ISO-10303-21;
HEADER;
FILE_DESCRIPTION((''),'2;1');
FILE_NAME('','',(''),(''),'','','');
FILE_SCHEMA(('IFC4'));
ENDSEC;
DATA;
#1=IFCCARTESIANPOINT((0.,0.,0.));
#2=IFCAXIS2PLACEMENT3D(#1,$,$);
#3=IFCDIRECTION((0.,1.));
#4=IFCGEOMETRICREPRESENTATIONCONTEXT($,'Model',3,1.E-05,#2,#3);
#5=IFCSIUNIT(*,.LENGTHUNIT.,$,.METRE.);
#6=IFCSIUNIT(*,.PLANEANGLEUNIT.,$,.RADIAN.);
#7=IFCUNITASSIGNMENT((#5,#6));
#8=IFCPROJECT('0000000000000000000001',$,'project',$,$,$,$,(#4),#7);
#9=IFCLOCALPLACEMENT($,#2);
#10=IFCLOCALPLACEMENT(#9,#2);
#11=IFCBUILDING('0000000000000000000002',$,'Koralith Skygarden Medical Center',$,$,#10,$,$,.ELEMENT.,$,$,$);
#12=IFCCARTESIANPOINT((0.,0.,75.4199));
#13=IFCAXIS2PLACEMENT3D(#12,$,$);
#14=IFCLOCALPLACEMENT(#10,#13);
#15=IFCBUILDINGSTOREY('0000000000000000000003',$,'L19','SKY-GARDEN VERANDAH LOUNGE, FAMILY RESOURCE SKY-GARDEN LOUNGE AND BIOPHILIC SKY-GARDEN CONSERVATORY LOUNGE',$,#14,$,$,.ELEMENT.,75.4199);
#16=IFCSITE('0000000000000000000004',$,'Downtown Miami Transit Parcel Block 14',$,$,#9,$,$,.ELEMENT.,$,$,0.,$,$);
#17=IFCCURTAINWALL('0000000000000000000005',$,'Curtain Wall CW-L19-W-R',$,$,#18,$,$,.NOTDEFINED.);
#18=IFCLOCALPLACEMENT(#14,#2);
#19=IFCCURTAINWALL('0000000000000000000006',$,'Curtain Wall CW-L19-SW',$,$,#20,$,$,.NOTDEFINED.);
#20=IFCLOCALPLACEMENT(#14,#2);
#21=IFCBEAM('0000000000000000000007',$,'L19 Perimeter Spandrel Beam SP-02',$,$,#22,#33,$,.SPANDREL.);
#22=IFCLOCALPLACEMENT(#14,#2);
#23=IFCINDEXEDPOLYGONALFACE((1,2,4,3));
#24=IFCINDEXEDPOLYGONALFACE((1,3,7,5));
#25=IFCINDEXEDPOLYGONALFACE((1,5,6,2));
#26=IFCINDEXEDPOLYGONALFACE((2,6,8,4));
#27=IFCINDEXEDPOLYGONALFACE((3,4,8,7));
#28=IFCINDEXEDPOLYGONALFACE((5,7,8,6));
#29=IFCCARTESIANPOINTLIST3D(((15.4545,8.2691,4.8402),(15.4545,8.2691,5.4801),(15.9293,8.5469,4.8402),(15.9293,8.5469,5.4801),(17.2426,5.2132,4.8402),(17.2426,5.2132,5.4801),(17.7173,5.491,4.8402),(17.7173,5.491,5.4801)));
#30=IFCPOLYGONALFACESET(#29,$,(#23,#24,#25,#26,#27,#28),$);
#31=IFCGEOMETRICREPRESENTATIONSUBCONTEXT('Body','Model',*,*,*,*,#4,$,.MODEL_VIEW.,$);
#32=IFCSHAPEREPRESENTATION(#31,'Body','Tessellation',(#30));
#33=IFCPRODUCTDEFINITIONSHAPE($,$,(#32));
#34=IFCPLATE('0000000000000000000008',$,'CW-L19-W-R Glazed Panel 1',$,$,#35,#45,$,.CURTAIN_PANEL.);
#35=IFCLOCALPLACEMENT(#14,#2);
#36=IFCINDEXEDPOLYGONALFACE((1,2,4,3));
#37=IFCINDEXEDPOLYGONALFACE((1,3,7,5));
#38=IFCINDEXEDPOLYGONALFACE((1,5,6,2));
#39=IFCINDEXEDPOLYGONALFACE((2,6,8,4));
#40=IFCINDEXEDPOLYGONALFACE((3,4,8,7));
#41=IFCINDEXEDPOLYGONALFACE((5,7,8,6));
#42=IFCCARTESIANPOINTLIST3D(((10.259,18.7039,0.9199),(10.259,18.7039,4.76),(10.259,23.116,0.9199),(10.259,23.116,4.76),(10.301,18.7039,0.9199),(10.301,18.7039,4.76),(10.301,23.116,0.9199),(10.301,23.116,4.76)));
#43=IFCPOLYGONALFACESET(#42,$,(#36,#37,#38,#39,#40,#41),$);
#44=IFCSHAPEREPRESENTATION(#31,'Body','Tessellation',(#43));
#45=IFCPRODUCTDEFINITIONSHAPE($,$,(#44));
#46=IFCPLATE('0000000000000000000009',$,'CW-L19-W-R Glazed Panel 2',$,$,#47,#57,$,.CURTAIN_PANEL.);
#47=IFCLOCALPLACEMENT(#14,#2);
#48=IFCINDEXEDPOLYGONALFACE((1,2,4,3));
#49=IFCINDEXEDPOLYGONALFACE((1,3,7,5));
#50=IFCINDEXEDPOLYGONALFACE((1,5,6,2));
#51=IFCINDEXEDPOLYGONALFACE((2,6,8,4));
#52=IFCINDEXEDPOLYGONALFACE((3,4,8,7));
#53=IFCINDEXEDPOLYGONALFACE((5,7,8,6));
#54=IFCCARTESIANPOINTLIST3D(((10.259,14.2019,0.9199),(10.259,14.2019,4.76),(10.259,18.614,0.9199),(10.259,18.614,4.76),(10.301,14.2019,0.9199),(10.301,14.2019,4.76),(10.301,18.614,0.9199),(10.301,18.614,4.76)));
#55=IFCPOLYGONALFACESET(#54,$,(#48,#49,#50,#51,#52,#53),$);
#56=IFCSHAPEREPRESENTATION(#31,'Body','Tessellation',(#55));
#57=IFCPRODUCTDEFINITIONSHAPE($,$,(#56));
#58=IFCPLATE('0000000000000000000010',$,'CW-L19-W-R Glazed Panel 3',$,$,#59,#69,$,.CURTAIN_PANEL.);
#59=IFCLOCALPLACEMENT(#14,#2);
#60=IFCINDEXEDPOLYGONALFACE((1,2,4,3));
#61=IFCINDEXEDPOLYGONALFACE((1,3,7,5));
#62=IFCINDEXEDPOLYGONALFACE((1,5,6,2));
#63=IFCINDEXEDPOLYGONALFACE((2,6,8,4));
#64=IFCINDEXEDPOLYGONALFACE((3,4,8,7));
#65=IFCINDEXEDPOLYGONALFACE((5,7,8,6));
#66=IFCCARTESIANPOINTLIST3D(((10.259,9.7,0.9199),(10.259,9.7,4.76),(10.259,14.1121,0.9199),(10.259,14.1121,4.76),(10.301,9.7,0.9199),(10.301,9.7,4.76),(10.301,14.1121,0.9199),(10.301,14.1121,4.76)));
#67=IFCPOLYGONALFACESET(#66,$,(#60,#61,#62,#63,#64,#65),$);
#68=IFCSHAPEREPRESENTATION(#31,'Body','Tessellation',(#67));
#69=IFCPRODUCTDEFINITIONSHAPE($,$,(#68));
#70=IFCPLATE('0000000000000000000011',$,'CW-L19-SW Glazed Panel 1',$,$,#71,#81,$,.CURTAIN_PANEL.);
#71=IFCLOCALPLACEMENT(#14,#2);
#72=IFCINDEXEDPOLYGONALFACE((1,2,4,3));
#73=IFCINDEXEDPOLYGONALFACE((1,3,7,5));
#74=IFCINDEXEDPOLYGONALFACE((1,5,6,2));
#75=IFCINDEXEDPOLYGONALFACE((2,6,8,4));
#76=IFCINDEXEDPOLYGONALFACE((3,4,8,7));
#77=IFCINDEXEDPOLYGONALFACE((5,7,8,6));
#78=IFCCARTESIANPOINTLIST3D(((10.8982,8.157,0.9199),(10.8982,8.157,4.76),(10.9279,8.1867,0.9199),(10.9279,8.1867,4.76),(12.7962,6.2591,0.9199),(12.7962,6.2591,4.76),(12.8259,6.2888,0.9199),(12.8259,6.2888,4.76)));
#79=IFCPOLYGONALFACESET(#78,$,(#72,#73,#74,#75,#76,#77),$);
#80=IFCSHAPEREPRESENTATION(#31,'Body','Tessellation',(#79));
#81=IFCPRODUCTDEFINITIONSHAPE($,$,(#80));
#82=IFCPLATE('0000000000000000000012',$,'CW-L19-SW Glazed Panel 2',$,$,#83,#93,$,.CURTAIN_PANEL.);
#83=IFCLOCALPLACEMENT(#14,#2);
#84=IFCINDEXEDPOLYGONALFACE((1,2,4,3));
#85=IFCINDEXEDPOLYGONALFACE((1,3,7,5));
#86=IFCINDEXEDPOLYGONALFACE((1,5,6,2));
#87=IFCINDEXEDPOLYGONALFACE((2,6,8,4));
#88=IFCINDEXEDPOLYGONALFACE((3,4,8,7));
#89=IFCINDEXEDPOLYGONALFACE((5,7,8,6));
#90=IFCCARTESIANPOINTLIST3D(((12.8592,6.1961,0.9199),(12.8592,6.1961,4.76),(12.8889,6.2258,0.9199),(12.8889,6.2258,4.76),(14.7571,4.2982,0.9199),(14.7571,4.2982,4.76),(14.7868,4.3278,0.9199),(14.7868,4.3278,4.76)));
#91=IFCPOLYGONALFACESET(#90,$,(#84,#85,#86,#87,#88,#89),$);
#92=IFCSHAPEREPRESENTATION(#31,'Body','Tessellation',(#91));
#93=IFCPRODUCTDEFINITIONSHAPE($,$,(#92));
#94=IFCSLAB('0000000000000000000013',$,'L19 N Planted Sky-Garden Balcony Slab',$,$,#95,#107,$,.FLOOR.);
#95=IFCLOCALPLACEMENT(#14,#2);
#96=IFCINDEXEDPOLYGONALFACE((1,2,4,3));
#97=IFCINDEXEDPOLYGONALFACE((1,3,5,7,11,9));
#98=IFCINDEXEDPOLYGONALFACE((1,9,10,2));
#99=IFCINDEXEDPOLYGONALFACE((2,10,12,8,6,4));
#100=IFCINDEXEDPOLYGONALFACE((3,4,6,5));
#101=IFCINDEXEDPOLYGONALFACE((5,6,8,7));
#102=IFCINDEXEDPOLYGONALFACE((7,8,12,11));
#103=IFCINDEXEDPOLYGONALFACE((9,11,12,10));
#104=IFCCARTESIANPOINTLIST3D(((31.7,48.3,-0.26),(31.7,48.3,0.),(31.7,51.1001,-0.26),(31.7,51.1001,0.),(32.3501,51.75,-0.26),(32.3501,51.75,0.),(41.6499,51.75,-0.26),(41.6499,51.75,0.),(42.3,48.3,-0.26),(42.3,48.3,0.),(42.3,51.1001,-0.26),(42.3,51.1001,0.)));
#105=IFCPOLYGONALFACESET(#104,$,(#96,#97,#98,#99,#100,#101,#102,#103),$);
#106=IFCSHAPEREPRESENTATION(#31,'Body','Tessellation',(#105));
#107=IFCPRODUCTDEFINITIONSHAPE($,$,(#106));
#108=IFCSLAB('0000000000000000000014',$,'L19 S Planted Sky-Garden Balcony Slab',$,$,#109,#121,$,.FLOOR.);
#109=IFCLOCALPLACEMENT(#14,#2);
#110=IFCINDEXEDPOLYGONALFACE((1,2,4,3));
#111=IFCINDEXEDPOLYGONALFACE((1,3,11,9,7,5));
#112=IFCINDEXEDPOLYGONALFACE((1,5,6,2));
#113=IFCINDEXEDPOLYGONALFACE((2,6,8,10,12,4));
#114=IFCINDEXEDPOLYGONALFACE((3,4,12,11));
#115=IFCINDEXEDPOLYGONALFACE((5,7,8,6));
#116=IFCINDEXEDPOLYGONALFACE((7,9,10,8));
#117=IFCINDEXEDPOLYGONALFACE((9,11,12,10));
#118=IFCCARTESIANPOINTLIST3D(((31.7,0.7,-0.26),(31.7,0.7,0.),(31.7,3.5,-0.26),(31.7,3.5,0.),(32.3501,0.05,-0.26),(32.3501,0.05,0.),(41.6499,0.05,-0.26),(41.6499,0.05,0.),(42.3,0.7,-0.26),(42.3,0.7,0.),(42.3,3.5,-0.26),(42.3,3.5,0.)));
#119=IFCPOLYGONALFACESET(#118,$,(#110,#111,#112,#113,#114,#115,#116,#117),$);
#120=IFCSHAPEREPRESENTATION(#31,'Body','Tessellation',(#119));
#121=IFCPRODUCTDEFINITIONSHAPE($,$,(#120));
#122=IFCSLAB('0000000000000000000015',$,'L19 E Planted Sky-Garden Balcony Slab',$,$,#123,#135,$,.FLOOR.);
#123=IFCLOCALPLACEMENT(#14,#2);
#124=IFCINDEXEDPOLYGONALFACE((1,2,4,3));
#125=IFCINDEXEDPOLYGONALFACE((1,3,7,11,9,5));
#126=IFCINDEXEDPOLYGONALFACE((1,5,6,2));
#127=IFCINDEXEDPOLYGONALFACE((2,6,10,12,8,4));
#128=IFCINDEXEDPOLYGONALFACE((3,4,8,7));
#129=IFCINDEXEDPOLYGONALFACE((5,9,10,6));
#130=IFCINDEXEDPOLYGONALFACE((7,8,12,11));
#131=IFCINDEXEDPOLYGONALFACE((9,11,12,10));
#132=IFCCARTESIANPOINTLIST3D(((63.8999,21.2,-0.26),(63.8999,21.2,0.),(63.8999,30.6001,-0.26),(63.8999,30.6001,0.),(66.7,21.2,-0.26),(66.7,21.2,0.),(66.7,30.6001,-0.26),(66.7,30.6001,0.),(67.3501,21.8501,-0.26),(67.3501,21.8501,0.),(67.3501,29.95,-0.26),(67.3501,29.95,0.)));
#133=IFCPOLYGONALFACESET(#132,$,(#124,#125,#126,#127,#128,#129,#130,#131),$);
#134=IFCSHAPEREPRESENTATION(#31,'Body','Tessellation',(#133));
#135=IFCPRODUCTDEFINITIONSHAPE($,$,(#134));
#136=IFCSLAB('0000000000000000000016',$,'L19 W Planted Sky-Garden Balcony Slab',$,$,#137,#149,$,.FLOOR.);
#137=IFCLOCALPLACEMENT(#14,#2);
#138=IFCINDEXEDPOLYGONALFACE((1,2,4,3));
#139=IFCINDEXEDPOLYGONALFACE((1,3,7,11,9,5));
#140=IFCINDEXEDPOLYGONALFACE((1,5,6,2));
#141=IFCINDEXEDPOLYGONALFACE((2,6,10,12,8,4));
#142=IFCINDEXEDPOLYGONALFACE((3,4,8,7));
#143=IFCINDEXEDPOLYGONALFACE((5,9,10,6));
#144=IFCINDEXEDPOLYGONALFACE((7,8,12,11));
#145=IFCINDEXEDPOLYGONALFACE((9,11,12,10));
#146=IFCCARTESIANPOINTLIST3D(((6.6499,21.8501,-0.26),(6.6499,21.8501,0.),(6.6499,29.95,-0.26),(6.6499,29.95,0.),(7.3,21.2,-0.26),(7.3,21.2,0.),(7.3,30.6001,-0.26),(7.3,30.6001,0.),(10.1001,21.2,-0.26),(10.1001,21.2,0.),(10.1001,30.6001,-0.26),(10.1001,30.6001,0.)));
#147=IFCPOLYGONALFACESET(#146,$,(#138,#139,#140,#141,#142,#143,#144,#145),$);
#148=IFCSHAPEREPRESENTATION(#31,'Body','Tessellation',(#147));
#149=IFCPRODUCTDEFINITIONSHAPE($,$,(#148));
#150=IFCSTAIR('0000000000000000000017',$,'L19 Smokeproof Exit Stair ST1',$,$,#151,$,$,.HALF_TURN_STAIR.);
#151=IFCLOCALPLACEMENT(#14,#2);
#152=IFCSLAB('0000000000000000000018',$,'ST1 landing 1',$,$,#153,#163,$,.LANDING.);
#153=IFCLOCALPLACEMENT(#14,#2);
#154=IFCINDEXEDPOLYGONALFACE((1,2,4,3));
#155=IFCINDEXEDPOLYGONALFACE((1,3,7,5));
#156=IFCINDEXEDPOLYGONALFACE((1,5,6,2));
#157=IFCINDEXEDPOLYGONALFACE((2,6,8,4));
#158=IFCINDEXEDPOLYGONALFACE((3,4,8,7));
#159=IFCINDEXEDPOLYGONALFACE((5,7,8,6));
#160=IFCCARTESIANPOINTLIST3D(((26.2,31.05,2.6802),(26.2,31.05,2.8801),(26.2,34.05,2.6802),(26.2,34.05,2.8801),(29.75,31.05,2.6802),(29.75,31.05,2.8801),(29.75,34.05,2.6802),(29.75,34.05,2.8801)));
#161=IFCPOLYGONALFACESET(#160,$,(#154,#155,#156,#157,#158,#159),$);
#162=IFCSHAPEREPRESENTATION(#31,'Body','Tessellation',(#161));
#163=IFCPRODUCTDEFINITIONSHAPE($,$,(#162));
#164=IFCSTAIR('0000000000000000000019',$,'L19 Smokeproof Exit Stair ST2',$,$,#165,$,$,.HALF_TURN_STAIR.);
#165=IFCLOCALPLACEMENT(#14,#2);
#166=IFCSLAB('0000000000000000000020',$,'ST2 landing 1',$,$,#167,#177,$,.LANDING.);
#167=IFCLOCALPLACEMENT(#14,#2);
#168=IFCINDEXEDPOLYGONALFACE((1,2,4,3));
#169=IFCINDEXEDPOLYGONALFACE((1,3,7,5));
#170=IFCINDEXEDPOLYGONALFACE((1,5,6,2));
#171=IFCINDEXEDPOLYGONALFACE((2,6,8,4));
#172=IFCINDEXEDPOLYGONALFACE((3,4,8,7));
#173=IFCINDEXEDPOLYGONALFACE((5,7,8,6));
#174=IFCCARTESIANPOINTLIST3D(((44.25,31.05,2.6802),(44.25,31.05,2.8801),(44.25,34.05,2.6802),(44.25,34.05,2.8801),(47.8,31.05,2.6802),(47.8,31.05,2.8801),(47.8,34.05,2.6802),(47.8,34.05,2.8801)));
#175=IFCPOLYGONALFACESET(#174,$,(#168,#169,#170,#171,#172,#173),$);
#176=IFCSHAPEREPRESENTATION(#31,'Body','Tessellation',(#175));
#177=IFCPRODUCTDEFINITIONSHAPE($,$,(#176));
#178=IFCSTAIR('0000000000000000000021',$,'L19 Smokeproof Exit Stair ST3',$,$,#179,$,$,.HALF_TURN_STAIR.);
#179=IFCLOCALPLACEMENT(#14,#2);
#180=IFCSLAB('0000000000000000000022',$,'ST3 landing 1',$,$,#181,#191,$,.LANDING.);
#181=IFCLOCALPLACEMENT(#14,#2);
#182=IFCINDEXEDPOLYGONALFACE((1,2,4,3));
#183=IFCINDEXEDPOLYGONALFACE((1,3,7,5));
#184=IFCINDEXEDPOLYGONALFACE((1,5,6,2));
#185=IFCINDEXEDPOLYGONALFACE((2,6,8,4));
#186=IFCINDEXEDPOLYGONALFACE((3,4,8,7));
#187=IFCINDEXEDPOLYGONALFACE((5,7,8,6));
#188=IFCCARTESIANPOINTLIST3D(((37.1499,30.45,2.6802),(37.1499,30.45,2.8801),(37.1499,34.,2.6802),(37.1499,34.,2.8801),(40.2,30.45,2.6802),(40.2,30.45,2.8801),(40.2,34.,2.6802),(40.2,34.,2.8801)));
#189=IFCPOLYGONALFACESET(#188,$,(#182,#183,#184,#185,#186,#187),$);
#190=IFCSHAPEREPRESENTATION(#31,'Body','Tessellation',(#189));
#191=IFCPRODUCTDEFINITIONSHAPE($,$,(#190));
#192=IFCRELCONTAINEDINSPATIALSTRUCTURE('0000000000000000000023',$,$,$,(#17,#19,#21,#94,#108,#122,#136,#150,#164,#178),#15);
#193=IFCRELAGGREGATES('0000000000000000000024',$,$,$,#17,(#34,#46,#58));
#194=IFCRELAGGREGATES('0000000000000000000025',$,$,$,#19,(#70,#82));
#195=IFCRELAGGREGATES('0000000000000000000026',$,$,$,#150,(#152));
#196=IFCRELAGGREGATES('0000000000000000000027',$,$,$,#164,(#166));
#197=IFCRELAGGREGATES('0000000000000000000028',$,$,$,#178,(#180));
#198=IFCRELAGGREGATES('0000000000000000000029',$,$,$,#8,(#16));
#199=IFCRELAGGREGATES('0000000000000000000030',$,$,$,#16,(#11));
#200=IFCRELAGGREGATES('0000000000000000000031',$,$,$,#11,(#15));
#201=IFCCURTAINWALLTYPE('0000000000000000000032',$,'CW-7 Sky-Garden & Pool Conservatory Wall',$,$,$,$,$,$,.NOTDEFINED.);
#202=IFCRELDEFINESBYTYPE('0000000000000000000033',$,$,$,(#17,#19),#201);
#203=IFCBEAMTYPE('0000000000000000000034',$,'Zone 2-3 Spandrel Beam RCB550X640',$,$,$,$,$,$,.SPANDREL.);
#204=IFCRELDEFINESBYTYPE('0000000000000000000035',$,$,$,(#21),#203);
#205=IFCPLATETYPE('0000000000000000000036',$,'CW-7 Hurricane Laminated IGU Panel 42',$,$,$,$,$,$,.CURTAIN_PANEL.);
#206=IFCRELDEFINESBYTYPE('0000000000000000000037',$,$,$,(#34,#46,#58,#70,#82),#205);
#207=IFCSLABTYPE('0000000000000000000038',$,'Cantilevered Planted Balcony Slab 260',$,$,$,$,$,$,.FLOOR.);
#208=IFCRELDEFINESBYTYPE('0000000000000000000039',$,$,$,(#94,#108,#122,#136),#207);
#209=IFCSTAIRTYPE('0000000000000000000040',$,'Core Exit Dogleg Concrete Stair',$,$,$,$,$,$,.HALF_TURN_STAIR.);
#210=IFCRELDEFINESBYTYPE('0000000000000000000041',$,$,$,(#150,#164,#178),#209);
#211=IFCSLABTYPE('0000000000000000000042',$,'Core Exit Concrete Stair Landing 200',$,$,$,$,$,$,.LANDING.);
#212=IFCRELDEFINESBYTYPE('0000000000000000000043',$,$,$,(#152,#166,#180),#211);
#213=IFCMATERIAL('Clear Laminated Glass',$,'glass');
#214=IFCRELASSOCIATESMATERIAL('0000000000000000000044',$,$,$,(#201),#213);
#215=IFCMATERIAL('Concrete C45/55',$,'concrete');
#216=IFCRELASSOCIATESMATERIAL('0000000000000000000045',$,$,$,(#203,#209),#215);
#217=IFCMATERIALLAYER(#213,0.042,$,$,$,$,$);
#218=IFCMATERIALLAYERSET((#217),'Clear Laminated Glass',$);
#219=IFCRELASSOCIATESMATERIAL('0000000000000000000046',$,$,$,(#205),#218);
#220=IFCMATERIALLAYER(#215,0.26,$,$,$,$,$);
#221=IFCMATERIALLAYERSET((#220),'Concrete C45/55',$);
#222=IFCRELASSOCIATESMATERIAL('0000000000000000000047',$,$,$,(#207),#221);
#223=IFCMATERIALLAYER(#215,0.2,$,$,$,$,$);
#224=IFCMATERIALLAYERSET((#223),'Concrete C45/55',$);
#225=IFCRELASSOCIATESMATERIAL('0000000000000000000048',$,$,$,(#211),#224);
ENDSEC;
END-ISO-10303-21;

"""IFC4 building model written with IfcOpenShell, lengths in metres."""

from ifc_helpers import new_model, si_unit, direction, frame, origin, origin_2d, place, context, subcontext, project, spatial, polyline, rectangle, outline, extrude, material, layer, layer_set, material_profile, profile_set, type_object, element, aggregate, save


model = new_model("IFC4")

# Units and contexts
model_context = context("Model", 3, precision=1e-05, world=origin(), true_north=direction((0.0, 1.0)))
body_context = subcontext(model_context, "Body", "Model", "MODEL_VIEW")
ifc_project = project(units=[si_unit("LENGTHUNIT", "METRE"), si_unit("PLANEANGLEUNIT", "RADIAN")], contexts=[model_context])

# Site, building, storey
site_placement = place(None, origin())
site = spatial("IfcSite", under=ifc_project, at=site_placement, Name="Downtown Miami Transit Parcel Block 14", CompositionType="ELEMENT", RefElevation=0.0)
building_placement = place(site_placement, origin())
building = spatial("IfcBuilding", under=site, at=building_placement, Name="Koralith Skygarden Medical Center", CompositionType="ELEMENT")
storey_placement = place(building_placement, frame((0.0, 0.0, 75.4199)))
storey = spatial("IfcBuildingStorey", under=building, at=storey_placement, Name="L19", Description="SKY-GARDEN VERANDAH LOUNGE, FAMILY RESOURCE SKY-GARDEN LOUNGE AND BIOPHILIC SKY-GARDEN CONSERVATORY LOUNGE", CompositionType="ELEMENT", Elevation=75.4199)

# Curtain walls
ifc_material_1 = material(Name="Clear Laminated Glass", Category="glass")
curtain_wall_type = type_object("IfcCurtainWallType", Name="CW-7 Sky-Garden & Pool Conservatory Wall", PredefinedType="NOTDEFINED", material=ifc_material_1)
curtain_wall_1_placement = place(storey_placement, origin())
curtain_wall_1 = element("IfcCurtainWall", 1, at=curtain_wall_1_placement, inside=storey, type_object=curtain_wall_type, Name="Curtain Wall CW-L19-W-R", PredefinedType="NOTDEFINED")
curtain_wall_2_placement = place(storey_placement, origin())
curtain_wall_2 = element("IfcCurtainWall", 2, at=curtain_wall_2_placement, inside=storey, type_object=curtain_wall_type, Name="Curtain Wall CW-L19-SW", PredefinedType="NOTDEFINED")

# Beam
ifc_material_2 = material(Name="Concrete C45/55", Category="concrete")
ifc_material_profile_1 = material_profile(ifc_material_2, rectangle(XDim=0.55, YDim=0.6399, at=origin_2d()), Name="RCB550X640")
ifc_profile_set_1 = profile_set([ifc_material_profile_1], Name="Concrete C45/55")
beam_type = type_object("IfcBeamType", Name="Zone 2-3 Spandrel Beam RCB550X640", PredefinedType="SPANDREL", material=ifc_profile_set_1)
beam_1_placement = place(storey_placement, frame((15.6919, 8.408, 5.1602), z_axis=(0.505024, -0.863105, 0.0), x_axis=(0.863105, 0.505024, 0.0)))
element("IfcBeam", 3, at=beam_1_placement, inside=storey, type_object=beam_type, Name="L19 Perimeter Spandrel Beam SP-02", PredefinedType="SPANDREL", context=body_context, shape_type="SweptSolid", body=[
    extrude(rectangle(XDim=0.55, YDim=0.6399, at=origin_2d()), origin(), (0.0, 0.0, 1.0), 3.5405),
])

# Plates
ifc_layer_1 = layer(ifc_material_1, 0.042)
ifc_layer_set_1 = layer_set([ifc_layer_1], Name="Clear Laminated Glass")
plate_type_1 = type_object("IfcPlateType", Name="CW-7 Hurricane Laminated IGU Panel 42", PredefinedType="CURTAIN_PANEL", material=ifc_layer_set_1)
plate_1_placement = place(storey_placement, frame((10.28, 20.9099, 0.9199), z_axis=(0.0, 0.0, 1.0), x_axis=(0.0, -1.0, 0.0)))
plate_1 = element("IfcPlate", 4, at=plate_1_placement, type_object=plate_type_1, Name="CW-L19-W-R Glazed Panel 1", PredefinedType="CURTAIN_PANEL", context=body_context, shape_type="SweptSolid", body=[
    extrude(rectangle(XDim=4.4121, YDim=0.042, at=origin_2d()), origin(), (0.0, 0.0, 1.0), 3.8401),
])
plate_2_placement = place(storey_placement, frame((10.28, 16.408, 0.9199), z_axis=(0.0, 0.0, 1.0), x_axis=(0.0, -1.0, 0.0)))
plate_2 = element("IfcPlate", 5, at=plate_2_placement, type_object=plate_type_1, Name="CW-L19-W-R Glazed Panel 2", PredefinedType="CURTAIN_PANEL", context=body_context, shape_type="SweptSolid", body=[
    extrude(rectangle(XDim=4.4121, YDim=0.042, at=origin_2d()), origin(), (0.0, 0.0, 1.0), 3.8401),
])
plate_3_placement = place(storey_placement, frame((10.28, 11.906, 0.9199), z_axis=(0.0, 0.0, 1.0), x_axis=(0.0, -1.0, 0.0)))
plate_3 = element("IfcPlate", 6, at=plate_3_placement, type_object=plate_type_1, Name="CW-L19-W-R Glazed Panel 3", PredefinedType="CURTAIN_PANEL", context=body_context, shape_type="SweptSolid", body=[
    extrude(rectangle(XDim=4.4121, YDim=0.042, at=origin_2d()), origin(), (0.0, 0.0, 1.0), 3.8401),
])
aggregate(curtain_wall_1, [plate_1, plate_2, plate_3])
plate_4_placement = place(storey_placement, frame((11.8621, 7.2229, 0.9199), z_axis=(0.0, 0.0, 1.0), x_axis=(0.707107, -0.707107, 0.0)))
plate_4 = element("IfcPlate", 7, at=plate_4_placement, type_object=plate_type_1, Name="CW-L19-SW Glazed Panel 1", PredefinedType="CURTAIN_PANEL", context=body_context, shape_type="SweptSolid", body=[
    extrude(rectangle(XDim=2.6841, YDim=0.042, at=origin_2d()), origin(), (0.0, 0.0, 1.0), 3.8401),
])
plate_5_placement = place(storey_placement, frame((13.823, 5.262, 0.9199), z_axis=(0.0, 0.0, 1.0), x_axis=(0.707107, -0.707107, 0.0)))
plate_5 = element("IfcPlate", 8, at=plate_5_placement, type_object=plate_type_1, Name="CW-L19-SW Glazed Panel 2", PredefinedType="CURTAIN_PANEL", context=body_context, shape_type="SweptSolid", body=[
    extrude(rectangle(XDim=2.6841, YDim=0.042, at=origin_2d()), origin(), (0.0, 0.0, 1.0), 3.8401),
])
aggregate(curtain_wall_2, [plate_4, plate_5])

# Slabs
ifc_layer_2 = layer(ifc_material_2, 0.26)
ifc_layer_set_2 = layer_set([ifc_layer_2], Name="Concrete C45/55")
slab_type_1 = type_object("IfcSlabType", Name="Cantilevered Planted Balcony Slab 260", PredefinedType="FLOOR", material=ifc_layer_set_2)
slab_1_placement = place(storey_placement, frame((0.0, 0.0, -0.26)))
element("IfcSlab", 9, at=slab_1_placement, inside=storey, type_object=slab_type_1, Name="L19 N Planted Sky-Garden Balcony Slab", PredefinedType="FLOOR", context=body_context, shape_type="SweptSolid", body=[
    extrude(outline(polyline([(31.7, 48.3), (42.3, 48.3), (42.3, 51.1001), (41.6499, 51.75), (32.3501, 51.75), (31.7, 51.1001), (31.7, 48.3)])), origin(), (0.0, 0.0, 1.0), 0.26),
])
slab_2_placement = place(storey_placement, frame((0.0, 0.0, -0.26)))
element("IfcSlab", 10, at=slab_2_placement, inside=storey, type_object=slab_type_1, Name="L19 S Planted Sky-Garden Balcony Slab", PredefinedType="FLOOR", context=body_context, shape_type="SweptSolid", body=[
    extrude(outline(polyline([(32.3501, 0.05), (41.6499, 0.05), (42.3, 0.7), (42.3, 3.5), (31.7, 3.5), (31.7, 0.7), (32.3501, 0.05)])), origin(), (0.0, 0.0, 1.0), 0.26),
])
slab_3_placement = place(storey_placement, frame((0.0, 0.0, -0.26)))
element("IfcSlab", 11, at=slab_3_placement, inside=storey, type_object=slab_type_1, Name="L19 E Planted Sky-Garden Balcony Slab", PredefinedType="FLOOR", context=body_context, shape_type="SweptSolid", body=[
    extrude(outline(polyline([(63.8999, 21.2), (66.7, 21.2), (67.3501, 21.8501), (67.3501, 29.95), (66.7, 30.6001), (63.8999, 30.6001), (63.8999, 21.2)])), origin(), (0.0, 0.0, 1.0), 0.26),
])
slab_4_placement = place(storey_placement, frame((0.0, 0.0, -0.26)))
element("IfcSlab", 12, at=slab_4_placement, inside=storey, type_object=slab_type_1, Name="L19 W Planted Sky-Garden Balcony Slab", PredefinedType="FLOOR", context=body_context, shape_type="SweptSolid", body=[
    extrude(outline(polyline([(7.3, 21.2), (10.1001, 21.2), (10.1001, 30.6001), (7.3, 30.6001), (6.6499, 29.95), (6.6499, 21.8501), (7.3, 21.2)])), origin(), (0.0, 0.0, 1.0), 0.26),
])

# Stairs, slabs
stair_type = type_object("IfcStairType", Name="Core Exit Dogleg Concrete Stair", PredefinedType="HALF_TURN_STAIR", material=ifc_material_2)
stair_1_placement = place(storey_placement, origin())
stair_1 = element("IfcStair", 13, at=stair_1_placement, inside=storey, type_object=stair_type, Name="L19 Smokeproof Exit Stair ST1", PredefinedType="HALF_TURN_STAIR")
ifc_layer_3 = layer(ifc_material_2, 0.2)
ifc_layer_set_3 = layer_set([ifc_layer_3], Name="Concrete C45/55")
slab_type_2 = type_object("IfcSlabType", Name="Core Exit Concrete Stair Landing 200", PredefinedType="LANDING", material=ifc_layer_set_3)
slab_5_placement = place(storey_placement, frame((0.0, 0.0, 2.6802)))
slab_5 = element("IfcSlab", 14, at=slab_5_placement, type_object=slab_type_2, Name="ST1 landing 1", PredefinedType="LANDING", context=body_context, shape_type="SweptSolid", body=[
    extrude(outline(polyline([(29.75, 31.05), (29.75, 34.05), (26.2, 34.05), (26.2, 31.05), (29.75, 31.05)])), origin(), (0.0, 0.0, 1.0), 0.2),
])
aggregate(stair_1, [slab_5])
stair_2_placement = place(storey_placement, origin())
stair_2 = element("IfcStair", 15, at=stair_2_placement, inside=storey, type_object=stair_type, Name="L19 Smokeproof Exit Stair ST2", PredefinedType="HALF_TURN_STAIR")
slab_6_placement = place(storey_placement, frame((0.0, 0.0, 2.6802)))
slab_6 = element("IfcSlab", 16, at=slab_6_placement, type_object=slab_type_2, Name="ST2 landing 1", PredefinedType="LANDING", context=body_context, shape_type="SweptSolid", body=[
    extrude(outline(polyline([(47.8, 31.05), (47.8, 34.05), (44.25, 34.05), (44.25, 31.05), (47.8, 31.05)])), origin(), (0.0, 0.0, 1.0), 0.2),
])
aggregate(stair_2, [slab_6])
stair_3_placement = place(storey_placement, origin())
stair_3 = element("IfcStair", 17, at=stair_3_placement, inside=storey, type_object=stair_type, Name="L19 Smokeproof Exit Stair ST3", PredefinedType="HALF_TURN_STAIR")
slab_7_placement = place(storey_placement, frame((0.0, 0.0, 2.6802)))
slab_7 = element("IfcSlab", 18, at=slab_7_placement, type_object=slab_type_2, Name="ST3 landing 1", PredefinedType="LANDING", context=body_context, shape_type="SweptSolid", body=[
    extrude(outline(polyline([(37.1499, 30.45), (40.2, 30.45), (40.2, 34.0), (37.1499, 34.0), (37.1499, 30.45)])), origin(), (0.0, 0.0, 1.0), 0.2),
])
aggregate(stair_3, [slab_7])

save(model, "model.ifc")
